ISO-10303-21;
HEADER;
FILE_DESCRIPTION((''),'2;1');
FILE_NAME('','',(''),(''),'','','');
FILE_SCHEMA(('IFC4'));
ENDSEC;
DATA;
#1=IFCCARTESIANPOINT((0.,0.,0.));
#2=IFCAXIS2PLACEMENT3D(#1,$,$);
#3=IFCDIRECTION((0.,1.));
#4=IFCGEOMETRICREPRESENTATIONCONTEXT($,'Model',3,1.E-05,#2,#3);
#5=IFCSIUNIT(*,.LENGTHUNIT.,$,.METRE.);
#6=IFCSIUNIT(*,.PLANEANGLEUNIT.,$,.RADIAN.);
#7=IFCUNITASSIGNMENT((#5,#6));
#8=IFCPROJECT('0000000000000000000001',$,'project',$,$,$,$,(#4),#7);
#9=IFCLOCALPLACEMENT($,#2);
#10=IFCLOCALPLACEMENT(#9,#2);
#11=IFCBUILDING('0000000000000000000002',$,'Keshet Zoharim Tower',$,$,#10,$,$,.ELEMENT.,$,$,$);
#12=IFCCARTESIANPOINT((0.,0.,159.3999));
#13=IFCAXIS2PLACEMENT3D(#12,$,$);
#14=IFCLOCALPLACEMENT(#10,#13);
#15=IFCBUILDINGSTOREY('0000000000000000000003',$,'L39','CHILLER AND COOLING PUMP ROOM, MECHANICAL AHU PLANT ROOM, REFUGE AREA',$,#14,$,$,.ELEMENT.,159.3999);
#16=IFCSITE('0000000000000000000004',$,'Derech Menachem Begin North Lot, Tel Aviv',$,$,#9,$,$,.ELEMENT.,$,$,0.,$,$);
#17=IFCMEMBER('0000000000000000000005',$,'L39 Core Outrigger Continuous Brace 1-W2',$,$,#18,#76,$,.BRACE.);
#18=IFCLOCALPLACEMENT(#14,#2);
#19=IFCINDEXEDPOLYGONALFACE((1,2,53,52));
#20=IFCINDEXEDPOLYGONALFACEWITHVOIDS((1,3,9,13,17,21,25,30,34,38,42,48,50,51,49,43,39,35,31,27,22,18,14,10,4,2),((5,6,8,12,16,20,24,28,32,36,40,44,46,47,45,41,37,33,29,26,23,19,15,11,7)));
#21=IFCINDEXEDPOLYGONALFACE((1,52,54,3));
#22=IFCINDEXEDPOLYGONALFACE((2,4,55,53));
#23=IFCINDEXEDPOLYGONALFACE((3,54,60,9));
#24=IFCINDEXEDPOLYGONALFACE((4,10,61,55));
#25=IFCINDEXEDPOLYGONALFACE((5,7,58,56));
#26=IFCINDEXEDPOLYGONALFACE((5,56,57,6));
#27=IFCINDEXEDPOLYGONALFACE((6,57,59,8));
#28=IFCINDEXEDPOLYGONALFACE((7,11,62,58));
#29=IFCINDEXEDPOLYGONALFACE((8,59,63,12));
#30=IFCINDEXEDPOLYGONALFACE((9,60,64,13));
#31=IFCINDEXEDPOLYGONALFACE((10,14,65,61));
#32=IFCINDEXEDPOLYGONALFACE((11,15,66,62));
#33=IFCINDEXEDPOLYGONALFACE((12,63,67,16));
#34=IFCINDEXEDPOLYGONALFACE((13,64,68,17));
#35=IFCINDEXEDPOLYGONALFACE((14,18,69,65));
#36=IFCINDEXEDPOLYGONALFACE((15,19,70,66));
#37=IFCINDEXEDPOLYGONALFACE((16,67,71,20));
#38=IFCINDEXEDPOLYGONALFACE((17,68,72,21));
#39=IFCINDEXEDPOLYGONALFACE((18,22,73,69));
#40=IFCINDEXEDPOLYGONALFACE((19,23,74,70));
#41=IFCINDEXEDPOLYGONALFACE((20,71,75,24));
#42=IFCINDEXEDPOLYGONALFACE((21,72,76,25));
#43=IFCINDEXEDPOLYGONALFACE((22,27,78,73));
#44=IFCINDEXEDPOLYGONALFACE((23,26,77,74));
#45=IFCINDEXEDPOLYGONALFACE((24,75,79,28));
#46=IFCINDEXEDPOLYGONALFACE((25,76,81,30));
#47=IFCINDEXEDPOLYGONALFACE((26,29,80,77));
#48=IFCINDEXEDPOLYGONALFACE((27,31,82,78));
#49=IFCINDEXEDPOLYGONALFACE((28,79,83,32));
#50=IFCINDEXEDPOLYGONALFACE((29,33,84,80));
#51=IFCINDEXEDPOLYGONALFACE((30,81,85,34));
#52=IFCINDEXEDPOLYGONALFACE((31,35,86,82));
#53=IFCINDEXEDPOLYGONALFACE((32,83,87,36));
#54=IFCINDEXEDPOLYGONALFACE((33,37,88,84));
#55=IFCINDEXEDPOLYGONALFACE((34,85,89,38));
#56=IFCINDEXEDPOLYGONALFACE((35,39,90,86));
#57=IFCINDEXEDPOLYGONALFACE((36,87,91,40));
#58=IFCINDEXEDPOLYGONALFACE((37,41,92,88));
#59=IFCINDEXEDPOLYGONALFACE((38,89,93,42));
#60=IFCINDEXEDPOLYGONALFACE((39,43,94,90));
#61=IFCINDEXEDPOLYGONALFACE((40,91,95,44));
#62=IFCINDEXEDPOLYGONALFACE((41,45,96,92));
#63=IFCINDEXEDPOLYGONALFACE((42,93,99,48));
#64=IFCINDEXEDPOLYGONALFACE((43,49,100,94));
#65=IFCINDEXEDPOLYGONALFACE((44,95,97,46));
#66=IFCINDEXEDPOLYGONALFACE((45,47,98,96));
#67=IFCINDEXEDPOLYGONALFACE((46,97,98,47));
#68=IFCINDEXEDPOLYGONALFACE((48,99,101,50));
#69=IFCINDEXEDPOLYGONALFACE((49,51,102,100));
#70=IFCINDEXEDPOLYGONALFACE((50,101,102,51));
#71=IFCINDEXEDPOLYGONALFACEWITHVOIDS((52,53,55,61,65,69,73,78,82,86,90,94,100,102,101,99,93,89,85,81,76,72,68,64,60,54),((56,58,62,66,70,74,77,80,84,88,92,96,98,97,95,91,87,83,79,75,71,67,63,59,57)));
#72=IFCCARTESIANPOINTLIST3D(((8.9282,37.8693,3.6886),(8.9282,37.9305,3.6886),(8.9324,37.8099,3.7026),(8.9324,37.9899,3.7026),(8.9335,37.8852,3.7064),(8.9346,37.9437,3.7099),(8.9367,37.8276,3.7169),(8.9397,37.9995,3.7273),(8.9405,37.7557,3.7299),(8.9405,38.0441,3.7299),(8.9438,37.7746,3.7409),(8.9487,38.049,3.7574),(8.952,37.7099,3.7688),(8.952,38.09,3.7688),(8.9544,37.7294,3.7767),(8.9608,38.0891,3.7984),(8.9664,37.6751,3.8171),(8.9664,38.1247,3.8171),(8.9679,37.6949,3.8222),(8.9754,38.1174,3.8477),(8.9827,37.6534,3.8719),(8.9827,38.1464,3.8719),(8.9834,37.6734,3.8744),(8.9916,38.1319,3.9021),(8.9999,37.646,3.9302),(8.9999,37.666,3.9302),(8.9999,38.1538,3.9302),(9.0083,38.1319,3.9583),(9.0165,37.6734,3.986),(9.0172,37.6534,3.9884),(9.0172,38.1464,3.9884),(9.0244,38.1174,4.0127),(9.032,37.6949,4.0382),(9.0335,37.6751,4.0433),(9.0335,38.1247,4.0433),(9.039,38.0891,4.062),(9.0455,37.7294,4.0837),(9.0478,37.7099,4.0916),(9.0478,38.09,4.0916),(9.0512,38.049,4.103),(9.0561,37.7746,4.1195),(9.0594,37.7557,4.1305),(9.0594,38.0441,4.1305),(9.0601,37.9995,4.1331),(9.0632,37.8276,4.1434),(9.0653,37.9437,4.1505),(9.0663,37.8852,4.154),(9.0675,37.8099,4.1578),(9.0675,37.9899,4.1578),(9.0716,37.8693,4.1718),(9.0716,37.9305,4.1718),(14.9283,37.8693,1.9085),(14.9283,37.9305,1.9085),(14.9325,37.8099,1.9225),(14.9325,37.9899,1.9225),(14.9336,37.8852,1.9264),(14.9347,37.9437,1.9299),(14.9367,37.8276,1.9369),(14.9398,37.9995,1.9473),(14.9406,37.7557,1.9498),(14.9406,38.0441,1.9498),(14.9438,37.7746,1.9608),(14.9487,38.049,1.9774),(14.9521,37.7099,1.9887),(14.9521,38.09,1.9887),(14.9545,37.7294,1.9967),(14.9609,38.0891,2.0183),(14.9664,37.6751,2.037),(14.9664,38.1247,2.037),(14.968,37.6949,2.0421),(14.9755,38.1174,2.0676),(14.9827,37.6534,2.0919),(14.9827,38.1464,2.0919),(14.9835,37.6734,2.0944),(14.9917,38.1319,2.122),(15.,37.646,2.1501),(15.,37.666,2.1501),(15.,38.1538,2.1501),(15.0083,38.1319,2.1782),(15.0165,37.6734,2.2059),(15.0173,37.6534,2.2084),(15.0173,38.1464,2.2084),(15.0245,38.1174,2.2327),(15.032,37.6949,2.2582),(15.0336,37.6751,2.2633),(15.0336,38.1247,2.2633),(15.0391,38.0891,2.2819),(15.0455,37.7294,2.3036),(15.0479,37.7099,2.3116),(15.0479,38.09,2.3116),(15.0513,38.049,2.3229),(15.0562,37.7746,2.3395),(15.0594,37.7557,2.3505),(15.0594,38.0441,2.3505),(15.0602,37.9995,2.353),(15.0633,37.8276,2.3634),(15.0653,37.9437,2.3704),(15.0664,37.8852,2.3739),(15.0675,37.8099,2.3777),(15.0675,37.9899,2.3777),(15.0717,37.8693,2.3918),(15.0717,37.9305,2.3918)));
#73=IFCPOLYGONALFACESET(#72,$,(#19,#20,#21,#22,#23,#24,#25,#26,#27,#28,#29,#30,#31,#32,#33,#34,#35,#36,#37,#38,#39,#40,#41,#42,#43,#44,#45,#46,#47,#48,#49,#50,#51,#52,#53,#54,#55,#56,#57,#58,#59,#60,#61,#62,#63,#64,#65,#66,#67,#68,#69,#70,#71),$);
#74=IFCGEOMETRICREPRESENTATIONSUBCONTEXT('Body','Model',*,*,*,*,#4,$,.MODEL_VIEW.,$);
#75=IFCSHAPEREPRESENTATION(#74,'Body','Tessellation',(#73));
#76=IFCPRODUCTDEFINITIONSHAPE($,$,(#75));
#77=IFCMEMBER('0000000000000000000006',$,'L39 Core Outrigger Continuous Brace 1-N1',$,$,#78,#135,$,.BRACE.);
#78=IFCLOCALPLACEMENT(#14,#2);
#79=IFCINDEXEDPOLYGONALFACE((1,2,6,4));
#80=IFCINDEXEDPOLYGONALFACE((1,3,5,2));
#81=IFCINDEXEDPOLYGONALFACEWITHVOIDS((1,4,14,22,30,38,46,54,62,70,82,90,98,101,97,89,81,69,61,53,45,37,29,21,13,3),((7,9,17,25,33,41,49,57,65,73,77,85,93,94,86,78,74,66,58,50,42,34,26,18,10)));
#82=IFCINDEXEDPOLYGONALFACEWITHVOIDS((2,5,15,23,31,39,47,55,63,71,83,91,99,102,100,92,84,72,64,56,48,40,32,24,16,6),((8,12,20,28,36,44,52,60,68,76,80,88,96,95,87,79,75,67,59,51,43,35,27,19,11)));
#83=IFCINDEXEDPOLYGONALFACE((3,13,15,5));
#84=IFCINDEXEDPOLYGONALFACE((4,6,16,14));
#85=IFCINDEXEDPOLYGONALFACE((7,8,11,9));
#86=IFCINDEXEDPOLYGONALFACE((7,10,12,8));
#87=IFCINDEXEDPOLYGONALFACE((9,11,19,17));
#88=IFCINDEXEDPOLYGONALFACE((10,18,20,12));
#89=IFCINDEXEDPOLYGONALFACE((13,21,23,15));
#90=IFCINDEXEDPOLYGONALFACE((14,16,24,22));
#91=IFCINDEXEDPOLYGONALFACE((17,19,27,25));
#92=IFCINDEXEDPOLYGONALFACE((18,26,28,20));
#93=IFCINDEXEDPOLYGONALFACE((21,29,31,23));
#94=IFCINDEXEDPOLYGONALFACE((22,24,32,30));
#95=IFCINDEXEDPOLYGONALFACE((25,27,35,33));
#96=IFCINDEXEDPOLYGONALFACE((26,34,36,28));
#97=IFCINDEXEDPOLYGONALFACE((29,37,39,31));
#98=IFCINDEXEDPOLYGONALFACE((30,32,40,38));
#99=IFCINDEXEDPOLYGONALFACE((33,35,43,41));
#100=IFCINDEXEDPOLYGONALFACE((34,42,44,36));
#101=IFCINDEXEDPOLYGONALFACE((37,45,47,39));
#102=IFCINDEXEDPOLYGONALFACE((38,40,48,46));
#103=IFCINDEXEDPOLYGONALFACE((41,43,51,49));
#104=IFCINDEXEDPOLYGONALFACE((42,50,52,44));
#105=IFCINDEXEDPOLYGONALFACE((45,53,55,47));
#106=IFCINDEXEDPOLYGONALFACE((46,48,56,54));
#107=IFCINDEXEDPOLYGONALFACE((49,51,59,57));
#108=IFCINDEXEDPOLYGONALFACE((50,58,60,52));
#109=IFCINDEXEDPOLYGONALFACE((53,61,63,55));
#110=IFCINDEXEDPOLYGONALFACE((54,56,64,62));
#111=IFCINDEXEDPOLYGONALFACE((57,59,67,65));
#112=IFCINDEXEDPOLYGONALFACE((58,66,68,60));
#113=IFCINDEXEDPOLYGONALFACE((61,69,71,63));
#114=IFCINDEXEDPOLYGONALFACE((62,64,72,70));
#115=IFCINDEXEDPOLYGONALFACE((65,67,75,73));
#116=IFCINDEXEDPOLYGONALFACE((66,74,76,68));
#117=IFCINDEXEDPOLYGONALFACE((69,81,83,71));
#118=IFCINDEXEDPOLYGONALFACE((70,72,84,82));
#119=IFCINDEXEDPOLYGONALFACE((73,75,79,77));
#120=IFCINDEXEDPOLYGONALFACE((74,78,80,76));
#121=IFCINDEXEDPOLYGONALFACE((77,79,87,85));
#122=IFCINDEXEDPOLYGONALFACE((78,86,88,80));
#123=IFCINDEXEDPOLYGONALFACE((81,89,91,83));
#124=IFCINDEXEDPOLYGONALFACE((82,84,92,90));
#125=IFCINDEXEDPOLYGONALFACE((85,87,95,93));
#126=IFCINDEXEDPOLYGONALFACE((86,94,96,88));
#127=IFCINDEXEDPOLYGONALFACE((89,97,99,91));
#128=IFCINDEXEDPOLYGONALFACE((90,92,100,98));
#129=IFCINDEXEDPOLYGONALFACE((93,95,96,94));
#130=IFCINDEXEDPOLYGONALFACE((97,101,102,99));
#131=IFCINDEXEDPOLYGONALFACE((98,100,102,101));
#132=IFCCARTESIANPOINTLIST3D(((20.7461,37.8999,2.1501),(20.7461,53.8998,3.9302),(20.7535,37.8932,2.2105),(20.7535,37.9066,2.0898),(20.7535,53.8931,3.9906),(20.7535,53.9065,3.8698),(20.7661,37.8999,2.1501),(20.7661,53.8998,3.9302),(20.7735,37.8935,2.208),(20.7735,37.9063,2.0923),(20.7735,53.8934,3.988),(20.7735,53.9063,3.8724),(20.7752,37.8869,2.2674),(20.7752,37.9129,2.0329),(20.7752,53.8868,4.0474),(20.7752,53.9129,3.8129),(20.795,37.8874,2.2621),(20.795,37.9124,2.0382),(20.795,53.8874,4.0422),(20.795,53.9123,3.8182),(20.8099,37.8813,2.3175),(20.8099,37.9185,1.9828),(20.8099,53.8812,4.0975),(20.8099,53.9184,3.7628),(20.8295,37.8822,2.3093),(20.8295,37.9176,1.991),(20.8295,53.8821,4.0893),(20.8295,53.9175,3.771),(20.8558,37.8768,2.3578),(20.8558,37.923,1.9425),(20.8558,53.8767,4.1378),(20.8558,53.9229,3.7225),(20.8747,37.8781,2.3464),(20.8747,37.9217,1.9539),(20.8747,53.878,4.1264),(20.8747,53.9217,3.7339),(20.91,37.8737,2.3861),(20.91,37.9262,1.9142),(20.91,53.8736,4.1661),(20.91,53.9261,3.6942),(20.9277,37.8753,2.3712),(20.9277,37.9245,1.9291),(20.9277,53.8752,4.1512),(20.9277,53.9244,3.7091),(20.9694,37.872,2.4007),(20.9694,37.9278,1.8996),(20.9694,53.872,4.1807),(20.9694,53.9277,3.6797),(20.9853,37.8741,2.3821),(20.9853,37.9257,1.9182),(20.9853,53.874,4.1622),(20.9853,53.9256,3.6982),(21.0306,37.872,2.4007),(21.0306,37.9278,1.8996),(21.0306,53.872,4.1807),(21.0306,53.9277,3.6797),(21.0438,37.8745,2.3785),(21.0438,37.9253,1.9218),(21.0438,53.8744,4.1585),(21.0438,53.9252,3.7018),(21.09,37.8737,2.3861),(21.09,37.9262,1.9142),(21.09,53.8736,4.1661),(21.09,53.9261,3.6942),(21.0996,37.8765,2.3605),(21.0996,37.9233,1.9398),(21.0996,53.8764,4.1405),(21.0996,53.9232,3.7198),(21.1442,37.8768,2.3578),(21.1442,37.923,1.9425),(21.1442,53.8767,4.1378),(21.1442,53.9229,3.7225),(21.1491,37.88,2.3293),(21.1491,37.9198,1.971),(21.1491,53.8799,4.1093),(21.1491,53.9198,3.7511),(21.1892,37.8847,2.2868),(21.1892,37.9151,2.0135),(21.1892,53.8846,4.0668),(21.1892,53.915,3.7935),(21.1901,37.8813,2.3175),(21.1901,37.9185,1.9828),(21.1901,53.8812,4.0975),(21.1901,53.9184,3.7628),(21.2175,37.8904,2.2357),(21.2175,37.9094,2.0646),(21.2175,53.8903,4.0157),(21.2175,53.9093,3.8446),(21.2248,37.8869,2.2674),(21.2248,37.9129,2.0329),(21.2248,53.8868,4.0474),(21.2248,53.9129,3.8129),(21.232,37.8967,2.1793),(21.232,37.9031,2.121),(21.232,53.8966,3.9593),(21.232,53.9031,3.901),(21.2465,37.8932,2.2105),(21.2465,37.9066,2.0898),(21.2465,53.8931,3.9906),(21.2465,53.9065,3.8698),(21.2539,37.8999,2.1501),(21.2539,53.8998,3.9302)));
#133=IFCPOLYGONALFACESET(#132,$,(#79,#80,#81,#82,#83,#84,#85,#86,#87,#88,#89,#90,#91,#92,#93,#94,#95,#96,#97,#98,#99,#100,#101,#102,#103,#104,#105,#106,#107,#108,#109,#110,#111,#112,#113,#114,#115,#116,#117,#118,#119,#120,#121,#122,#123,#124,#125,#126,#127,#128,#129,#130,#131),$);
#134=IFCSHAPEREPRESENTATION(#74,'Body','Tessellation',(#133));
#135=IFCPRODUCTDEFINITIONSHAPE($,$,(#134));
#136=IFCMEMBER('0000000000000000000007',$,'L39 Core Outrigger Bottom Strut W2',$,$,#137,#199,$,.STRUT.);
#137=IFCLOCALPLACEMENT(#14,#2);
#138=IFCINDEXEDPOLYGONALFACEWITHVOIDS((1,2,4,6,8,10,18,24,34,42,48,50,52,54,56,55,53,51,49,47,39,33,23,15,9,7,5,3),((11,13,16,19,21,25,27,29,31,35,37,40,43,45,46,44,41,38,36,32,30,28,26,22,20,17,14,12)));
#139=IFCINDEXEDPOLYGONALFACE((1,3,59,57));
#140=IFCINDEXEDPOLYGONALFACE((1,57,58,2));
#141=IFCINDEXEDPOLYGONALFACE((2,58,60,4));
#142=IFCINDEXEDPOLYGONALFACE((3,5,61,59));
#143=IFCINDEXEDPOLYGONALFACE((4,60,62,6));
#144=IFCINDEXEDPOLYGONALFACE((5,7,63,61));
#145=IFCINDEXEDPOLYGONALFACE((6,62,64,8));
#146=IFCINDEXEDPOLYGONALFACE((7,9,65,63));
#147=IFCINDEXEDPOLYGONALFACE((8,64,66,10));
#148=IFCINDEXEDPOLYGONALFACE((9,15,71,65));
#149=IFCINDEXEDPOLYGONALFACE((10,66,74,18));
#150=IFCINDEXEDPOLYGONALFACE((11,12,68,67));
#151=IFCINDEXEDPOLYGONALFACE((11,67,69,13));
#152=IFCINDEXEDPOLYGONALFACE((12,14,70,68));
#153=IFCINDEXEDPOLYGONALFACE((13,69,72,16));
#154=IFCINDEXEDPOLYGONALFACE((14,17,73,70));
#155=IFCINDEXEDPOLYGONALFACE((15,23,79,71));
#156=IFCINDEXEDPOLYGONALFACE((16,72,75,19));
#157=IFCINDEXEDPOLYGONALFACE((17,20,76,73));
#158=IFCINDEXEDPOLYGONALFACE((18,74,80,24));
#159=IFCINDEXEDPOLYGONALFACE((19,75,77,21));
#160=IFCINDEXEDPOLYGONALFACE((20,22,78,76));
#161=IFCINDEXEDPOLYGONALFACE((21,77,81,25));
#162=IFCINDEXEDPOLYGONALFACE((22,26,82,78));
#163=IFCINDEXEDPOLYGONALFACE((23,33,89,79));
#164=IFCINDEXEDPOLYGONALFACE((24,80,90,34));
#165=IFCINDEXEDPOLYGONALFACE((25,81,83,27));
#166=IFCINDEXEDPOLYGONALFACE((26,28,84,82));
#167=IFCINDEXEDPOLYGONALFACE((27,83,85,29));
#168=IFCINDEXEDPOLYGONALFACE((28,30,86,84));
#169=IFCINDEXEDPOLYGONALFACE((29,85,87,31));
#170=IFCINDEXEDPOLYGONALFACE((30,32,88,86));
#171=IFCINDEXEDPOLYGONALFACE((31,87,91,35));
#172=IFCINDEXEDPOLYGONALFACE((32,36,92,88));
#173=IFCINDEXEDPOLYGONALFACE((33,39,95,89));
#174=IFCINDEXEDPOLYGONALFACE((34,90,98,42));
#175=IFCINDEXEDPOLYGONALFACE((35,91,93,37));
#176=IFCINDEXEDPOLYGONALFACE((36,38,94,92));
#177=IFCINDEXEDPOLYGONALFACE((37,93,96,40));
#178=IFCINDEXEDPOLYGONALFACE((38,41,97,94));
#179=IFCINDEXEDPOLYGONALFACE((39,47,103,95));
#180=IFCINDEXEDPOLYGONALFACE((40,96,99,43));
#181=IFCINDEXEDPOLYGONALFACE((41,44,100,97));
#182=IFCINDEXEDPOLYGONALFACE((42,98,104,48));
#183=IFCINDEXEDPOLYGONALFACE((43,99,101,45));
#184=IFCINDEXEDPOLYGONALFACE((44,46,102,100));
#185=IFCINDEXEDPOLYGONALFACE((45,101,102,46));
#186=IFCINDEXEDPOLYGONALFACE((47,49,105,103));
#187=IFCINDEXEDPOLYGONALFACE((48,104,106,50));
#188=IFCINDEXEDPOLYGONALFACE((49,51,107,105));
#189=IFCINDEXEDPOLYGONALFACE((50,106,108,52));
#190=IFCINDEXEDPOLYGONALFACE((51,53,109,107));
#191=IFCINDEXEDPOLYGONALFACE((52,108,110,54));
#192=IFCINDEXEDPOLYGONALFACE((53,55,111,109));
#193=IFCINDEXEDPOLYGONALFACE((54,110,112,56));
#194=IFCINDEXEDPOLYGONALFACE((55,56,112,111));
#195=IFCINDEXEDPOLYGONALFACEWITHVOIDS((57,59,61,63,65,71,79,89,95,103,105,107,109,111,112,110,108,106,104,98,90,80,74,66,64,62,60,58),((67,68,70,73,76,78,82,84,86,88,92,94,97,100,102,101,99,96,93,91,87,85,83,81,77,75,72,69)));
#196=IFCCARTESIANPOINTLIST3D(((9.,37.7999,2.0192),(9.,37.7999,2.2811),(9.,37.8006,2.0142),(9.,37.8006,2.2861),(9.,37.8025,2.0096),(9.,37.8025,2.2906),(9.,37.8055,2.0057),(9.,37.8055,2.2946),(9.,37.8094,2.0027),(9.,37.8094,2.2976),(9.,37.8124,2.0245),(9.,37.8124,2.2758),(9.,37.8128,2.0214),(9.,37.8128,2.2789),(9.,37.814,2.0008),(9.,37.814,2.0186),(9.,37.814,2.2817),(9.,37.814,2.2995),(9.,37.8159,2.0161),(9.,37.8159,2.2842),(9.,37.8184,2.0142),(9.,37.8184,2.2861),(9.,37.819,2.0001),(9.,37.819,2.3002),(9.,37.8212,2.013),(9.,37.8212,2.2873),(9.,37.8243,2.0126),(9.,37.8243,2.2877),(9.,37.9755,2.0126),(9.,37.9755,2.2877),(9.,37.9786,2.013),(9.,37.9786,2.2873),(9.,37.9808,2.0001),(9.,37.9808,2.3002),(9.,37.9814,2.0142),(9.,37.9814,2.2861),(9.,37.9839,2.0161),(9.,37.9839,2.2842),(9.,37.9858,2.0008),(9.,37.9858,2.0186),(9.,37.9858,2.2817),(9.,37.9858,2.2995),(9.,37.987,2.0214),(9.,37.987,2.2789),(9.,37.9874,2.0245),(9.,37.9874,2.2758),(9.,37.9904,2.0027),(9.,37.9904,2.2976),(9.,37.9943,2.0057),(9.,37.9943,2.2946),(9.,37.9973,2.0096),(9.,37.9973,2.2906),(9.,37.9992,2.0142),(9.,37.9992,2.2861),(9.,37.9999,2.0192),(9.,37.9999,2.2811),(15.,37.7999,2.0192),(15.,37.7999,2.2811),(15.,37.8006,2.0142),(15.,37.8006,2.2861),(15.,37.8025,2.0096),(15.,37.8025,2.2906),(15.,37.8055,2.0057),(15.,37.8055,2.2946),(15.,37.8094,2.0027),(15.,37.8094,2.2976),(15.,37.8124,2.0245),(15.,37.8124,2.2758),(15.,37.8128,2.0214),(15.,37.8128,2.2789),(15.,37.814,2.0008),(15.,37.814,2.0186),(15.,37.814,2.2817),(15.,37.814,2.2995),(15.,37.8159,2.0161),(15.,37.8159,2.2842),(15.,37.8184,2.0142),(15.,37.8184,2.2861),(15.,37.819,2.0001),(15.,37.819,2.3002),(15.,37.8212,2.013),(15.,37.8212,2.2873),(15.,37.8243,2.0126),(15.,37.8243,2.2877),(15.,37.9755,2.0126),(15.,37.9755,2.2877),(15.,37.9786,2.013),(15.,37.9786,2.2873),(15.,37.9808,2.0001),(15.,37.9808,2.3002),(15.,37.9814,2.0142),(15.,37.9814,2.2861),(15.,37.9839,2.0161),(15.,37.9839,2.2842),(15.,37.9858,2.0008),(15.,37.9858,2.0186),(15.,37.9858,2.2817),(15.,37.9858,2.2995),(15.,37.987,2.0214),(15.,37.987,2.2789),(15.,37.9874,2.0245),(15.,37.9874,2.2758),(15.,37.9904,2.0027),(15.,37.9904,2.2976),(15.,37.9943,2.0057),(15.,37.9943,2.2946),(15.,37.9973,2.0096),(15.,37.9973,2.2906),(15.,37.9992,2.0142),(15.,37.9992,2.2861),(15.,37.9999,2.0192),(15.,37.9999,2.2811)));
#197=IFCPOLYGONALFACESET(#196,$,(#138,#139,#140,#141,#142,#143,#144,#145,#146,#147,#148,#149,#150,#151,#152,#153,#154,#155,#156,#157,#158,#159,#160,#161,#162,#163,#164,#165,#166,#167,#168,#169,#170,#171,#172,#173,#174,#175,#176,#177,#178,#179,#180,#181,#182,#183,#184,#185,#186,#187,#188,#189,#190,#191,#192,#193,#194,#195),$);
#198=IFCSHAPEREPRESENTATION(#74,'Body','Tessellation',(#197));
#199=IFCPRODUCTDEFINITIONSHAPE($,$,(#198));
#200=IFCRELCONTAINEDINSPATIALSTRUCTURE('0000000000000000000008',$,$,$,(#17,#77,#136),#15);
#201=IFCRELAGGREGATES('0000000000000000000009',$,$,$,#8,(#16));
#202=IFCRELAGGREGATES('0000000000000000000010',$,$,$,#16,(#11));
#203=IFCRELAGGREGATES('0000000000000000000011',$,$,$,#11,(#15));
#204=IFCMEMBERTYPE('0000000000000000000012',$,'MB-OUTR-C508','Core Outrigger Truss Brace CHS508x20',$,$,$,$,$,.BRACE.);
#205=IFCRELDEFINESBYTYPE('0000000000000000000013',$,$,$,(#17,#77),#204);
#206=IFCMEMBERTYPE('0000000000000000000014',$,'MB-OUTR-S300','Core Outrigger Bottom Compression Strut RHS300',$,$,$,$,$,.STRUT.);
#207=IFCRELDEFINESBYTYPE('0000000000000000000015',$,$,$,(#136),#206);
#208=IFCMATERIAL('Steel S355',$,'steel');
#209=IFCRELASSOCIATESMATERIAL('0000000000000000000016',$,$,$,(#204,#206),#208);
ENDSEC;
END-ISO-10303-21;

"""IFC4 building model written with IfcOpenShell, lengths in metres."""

from ifc_helpers import new_model, si_unit, direction, frame, origin, origin_2d, place, context, subcontext, project, spatial, hollow_rectangle, hollow_circle, extrude, material, material_profile, profile_set, type_object, element, save


model = new_model("IFC4")

# Units and contexts
model_context = context("Model", 3, precision=1e-05, world=origin(), true_north=direction((0.0, 1.0)))
body_context = subcontext(model_context, "Body", "Model", "MODEL_VIEW")
ifc_project = project(units=[si_unit("LENGTHUNIT", "METRE"), si_unit("PLANEANGLEUNIT", "RADIAN")], contexts=[model_context])

# Site, building, storey
site_placement = place(None, origin())
site = spatial("IfcSite", under=ifc_project, at=site_placement, Name="Derech Menachem Begin North Lot, Tel Aviv", CompositionType="ELEMENT", RefElevation=0.0)
building_placement = place(site_placement, origin())
building = spatial("IfcBuilding", under=site, at=building_placement, Name="Keshet Zoharim Tower", CompositionType="ELEMENT")
storey_placement = place(building_placement, frame((0.0, 0.0, 159.3999)))
storey = spatial("IfcBuildingStorey", under=building, at=storey_placement, Name="L39", Description="CHILLER AND COOLING PUMP ROOM, MECHANICAL AHU PLANT ROOM, REFUGE AREA", CompositionType="ELEMENT", Elevation=159.3999)

# Shared definitions
ifc_material_1 = material(Name="Steel S355", Category="steel")

# Members
ifc_material_profile_1 = material_profile(ifc_material_1, hollow_circle(Radius=0.2539, WallThickness=0.02, at=origin_2d()), Name="CHS508x20")
ifc_profile_set_1 = profile_set([ifc_material_profile_1], Name="Steel S355")
member_type_1 = type_object("IfcMemberType", Name="MB-OUTR-C508", Description="Core Outrigger Truss Brace CHS508x20", PredefinedType="BRACE", material=ifc_profile_set_1)
member_1_placement = place(storey_placement, frame((15.0, 37.8999, 2.1501), z_axis=(-0.9587, 0.0, 0.284419), x_axis=(0.0, -1.0, 0.0)))
element("IfcMember", 1, at=member_1_placement, inside=storey, type_object=member_type_1, Name="L39 Core Outrigger Continuous Brace 1-W2", PredefinedType="BRACE", context=body_context, shape_type="SweptSolid", body=[
    extrude(hollow_circle(Radius=0.2539, WallThickness=0.02, at=origin_2d()), origin(), (0.0, 0.0, 1.0), 6.2585),
])
member_2_placement = place(storey_placement, frame((21.0, 37.8999, 2.1501), z_axis=(0.0, 0.993868, 0.11057), x_axis=(-1.0, 0.0, 0.0)))
element("IfcMember", 2, at=member_2_placement, inside=storey, type_object=member_type_1, Name="L39 Core Outrigger Continuous Brace 1-N1", PredefinedType="BRACE", context=body_context, shape_type="SweptSolid", body=[
    extrude(hollow_circle(Radius=0.2539, WallThickness=0.02, at=origin_2d()), origin(), (0.0, 0.0, 1.0), 16.0986),
])
ifc_material_profile_2 = material_profile(ifc_material_1, hollow_rectangle(XDim=0.2, YDim=0.3, WallThickness=0.0125, InnerFilletRadius=0.012, OuterFilletRadius=0.019, at=origin_2d()), Name="RHS300x200x12.5")
ifc_profile_set_2 = profile_set([ifc_material_profile_2], Name="Steel S355")
member_type_2 = type_object("IfcMemberType", Name="MB-OUTR-S300", Description="Core Outrigger Bottom Compression Strut RHS300", PredefinedType="STRUT", material=ifc_profile_set_2)
member_3_placement = place(storey_placement, frame((15.0, 37.8999, 2.1501), z_axis=(-1.0, 0.0, 0.0), x_axis=(0.0, -1.0, 0.0)))
element("IfcMember", 3, at=member_3_placement, inside=storey, type_object=member_type_2, Name="L39 Core Outrigger Bottom Strut W2", PredefinedType="STRUT", context=body_context, shape_type="SweptSolid", body=[
    extrude(hollow_rectangle(XDim=0.2, YDim=0.3, WallThickness=0.0125, InnerFilletRadius=0.012, OuterFilletRadius=0.019, at=origin_2d()), origin(), (0.0, 0.0, 1.0), 6.0),
])

save(model, "model.ifc")
